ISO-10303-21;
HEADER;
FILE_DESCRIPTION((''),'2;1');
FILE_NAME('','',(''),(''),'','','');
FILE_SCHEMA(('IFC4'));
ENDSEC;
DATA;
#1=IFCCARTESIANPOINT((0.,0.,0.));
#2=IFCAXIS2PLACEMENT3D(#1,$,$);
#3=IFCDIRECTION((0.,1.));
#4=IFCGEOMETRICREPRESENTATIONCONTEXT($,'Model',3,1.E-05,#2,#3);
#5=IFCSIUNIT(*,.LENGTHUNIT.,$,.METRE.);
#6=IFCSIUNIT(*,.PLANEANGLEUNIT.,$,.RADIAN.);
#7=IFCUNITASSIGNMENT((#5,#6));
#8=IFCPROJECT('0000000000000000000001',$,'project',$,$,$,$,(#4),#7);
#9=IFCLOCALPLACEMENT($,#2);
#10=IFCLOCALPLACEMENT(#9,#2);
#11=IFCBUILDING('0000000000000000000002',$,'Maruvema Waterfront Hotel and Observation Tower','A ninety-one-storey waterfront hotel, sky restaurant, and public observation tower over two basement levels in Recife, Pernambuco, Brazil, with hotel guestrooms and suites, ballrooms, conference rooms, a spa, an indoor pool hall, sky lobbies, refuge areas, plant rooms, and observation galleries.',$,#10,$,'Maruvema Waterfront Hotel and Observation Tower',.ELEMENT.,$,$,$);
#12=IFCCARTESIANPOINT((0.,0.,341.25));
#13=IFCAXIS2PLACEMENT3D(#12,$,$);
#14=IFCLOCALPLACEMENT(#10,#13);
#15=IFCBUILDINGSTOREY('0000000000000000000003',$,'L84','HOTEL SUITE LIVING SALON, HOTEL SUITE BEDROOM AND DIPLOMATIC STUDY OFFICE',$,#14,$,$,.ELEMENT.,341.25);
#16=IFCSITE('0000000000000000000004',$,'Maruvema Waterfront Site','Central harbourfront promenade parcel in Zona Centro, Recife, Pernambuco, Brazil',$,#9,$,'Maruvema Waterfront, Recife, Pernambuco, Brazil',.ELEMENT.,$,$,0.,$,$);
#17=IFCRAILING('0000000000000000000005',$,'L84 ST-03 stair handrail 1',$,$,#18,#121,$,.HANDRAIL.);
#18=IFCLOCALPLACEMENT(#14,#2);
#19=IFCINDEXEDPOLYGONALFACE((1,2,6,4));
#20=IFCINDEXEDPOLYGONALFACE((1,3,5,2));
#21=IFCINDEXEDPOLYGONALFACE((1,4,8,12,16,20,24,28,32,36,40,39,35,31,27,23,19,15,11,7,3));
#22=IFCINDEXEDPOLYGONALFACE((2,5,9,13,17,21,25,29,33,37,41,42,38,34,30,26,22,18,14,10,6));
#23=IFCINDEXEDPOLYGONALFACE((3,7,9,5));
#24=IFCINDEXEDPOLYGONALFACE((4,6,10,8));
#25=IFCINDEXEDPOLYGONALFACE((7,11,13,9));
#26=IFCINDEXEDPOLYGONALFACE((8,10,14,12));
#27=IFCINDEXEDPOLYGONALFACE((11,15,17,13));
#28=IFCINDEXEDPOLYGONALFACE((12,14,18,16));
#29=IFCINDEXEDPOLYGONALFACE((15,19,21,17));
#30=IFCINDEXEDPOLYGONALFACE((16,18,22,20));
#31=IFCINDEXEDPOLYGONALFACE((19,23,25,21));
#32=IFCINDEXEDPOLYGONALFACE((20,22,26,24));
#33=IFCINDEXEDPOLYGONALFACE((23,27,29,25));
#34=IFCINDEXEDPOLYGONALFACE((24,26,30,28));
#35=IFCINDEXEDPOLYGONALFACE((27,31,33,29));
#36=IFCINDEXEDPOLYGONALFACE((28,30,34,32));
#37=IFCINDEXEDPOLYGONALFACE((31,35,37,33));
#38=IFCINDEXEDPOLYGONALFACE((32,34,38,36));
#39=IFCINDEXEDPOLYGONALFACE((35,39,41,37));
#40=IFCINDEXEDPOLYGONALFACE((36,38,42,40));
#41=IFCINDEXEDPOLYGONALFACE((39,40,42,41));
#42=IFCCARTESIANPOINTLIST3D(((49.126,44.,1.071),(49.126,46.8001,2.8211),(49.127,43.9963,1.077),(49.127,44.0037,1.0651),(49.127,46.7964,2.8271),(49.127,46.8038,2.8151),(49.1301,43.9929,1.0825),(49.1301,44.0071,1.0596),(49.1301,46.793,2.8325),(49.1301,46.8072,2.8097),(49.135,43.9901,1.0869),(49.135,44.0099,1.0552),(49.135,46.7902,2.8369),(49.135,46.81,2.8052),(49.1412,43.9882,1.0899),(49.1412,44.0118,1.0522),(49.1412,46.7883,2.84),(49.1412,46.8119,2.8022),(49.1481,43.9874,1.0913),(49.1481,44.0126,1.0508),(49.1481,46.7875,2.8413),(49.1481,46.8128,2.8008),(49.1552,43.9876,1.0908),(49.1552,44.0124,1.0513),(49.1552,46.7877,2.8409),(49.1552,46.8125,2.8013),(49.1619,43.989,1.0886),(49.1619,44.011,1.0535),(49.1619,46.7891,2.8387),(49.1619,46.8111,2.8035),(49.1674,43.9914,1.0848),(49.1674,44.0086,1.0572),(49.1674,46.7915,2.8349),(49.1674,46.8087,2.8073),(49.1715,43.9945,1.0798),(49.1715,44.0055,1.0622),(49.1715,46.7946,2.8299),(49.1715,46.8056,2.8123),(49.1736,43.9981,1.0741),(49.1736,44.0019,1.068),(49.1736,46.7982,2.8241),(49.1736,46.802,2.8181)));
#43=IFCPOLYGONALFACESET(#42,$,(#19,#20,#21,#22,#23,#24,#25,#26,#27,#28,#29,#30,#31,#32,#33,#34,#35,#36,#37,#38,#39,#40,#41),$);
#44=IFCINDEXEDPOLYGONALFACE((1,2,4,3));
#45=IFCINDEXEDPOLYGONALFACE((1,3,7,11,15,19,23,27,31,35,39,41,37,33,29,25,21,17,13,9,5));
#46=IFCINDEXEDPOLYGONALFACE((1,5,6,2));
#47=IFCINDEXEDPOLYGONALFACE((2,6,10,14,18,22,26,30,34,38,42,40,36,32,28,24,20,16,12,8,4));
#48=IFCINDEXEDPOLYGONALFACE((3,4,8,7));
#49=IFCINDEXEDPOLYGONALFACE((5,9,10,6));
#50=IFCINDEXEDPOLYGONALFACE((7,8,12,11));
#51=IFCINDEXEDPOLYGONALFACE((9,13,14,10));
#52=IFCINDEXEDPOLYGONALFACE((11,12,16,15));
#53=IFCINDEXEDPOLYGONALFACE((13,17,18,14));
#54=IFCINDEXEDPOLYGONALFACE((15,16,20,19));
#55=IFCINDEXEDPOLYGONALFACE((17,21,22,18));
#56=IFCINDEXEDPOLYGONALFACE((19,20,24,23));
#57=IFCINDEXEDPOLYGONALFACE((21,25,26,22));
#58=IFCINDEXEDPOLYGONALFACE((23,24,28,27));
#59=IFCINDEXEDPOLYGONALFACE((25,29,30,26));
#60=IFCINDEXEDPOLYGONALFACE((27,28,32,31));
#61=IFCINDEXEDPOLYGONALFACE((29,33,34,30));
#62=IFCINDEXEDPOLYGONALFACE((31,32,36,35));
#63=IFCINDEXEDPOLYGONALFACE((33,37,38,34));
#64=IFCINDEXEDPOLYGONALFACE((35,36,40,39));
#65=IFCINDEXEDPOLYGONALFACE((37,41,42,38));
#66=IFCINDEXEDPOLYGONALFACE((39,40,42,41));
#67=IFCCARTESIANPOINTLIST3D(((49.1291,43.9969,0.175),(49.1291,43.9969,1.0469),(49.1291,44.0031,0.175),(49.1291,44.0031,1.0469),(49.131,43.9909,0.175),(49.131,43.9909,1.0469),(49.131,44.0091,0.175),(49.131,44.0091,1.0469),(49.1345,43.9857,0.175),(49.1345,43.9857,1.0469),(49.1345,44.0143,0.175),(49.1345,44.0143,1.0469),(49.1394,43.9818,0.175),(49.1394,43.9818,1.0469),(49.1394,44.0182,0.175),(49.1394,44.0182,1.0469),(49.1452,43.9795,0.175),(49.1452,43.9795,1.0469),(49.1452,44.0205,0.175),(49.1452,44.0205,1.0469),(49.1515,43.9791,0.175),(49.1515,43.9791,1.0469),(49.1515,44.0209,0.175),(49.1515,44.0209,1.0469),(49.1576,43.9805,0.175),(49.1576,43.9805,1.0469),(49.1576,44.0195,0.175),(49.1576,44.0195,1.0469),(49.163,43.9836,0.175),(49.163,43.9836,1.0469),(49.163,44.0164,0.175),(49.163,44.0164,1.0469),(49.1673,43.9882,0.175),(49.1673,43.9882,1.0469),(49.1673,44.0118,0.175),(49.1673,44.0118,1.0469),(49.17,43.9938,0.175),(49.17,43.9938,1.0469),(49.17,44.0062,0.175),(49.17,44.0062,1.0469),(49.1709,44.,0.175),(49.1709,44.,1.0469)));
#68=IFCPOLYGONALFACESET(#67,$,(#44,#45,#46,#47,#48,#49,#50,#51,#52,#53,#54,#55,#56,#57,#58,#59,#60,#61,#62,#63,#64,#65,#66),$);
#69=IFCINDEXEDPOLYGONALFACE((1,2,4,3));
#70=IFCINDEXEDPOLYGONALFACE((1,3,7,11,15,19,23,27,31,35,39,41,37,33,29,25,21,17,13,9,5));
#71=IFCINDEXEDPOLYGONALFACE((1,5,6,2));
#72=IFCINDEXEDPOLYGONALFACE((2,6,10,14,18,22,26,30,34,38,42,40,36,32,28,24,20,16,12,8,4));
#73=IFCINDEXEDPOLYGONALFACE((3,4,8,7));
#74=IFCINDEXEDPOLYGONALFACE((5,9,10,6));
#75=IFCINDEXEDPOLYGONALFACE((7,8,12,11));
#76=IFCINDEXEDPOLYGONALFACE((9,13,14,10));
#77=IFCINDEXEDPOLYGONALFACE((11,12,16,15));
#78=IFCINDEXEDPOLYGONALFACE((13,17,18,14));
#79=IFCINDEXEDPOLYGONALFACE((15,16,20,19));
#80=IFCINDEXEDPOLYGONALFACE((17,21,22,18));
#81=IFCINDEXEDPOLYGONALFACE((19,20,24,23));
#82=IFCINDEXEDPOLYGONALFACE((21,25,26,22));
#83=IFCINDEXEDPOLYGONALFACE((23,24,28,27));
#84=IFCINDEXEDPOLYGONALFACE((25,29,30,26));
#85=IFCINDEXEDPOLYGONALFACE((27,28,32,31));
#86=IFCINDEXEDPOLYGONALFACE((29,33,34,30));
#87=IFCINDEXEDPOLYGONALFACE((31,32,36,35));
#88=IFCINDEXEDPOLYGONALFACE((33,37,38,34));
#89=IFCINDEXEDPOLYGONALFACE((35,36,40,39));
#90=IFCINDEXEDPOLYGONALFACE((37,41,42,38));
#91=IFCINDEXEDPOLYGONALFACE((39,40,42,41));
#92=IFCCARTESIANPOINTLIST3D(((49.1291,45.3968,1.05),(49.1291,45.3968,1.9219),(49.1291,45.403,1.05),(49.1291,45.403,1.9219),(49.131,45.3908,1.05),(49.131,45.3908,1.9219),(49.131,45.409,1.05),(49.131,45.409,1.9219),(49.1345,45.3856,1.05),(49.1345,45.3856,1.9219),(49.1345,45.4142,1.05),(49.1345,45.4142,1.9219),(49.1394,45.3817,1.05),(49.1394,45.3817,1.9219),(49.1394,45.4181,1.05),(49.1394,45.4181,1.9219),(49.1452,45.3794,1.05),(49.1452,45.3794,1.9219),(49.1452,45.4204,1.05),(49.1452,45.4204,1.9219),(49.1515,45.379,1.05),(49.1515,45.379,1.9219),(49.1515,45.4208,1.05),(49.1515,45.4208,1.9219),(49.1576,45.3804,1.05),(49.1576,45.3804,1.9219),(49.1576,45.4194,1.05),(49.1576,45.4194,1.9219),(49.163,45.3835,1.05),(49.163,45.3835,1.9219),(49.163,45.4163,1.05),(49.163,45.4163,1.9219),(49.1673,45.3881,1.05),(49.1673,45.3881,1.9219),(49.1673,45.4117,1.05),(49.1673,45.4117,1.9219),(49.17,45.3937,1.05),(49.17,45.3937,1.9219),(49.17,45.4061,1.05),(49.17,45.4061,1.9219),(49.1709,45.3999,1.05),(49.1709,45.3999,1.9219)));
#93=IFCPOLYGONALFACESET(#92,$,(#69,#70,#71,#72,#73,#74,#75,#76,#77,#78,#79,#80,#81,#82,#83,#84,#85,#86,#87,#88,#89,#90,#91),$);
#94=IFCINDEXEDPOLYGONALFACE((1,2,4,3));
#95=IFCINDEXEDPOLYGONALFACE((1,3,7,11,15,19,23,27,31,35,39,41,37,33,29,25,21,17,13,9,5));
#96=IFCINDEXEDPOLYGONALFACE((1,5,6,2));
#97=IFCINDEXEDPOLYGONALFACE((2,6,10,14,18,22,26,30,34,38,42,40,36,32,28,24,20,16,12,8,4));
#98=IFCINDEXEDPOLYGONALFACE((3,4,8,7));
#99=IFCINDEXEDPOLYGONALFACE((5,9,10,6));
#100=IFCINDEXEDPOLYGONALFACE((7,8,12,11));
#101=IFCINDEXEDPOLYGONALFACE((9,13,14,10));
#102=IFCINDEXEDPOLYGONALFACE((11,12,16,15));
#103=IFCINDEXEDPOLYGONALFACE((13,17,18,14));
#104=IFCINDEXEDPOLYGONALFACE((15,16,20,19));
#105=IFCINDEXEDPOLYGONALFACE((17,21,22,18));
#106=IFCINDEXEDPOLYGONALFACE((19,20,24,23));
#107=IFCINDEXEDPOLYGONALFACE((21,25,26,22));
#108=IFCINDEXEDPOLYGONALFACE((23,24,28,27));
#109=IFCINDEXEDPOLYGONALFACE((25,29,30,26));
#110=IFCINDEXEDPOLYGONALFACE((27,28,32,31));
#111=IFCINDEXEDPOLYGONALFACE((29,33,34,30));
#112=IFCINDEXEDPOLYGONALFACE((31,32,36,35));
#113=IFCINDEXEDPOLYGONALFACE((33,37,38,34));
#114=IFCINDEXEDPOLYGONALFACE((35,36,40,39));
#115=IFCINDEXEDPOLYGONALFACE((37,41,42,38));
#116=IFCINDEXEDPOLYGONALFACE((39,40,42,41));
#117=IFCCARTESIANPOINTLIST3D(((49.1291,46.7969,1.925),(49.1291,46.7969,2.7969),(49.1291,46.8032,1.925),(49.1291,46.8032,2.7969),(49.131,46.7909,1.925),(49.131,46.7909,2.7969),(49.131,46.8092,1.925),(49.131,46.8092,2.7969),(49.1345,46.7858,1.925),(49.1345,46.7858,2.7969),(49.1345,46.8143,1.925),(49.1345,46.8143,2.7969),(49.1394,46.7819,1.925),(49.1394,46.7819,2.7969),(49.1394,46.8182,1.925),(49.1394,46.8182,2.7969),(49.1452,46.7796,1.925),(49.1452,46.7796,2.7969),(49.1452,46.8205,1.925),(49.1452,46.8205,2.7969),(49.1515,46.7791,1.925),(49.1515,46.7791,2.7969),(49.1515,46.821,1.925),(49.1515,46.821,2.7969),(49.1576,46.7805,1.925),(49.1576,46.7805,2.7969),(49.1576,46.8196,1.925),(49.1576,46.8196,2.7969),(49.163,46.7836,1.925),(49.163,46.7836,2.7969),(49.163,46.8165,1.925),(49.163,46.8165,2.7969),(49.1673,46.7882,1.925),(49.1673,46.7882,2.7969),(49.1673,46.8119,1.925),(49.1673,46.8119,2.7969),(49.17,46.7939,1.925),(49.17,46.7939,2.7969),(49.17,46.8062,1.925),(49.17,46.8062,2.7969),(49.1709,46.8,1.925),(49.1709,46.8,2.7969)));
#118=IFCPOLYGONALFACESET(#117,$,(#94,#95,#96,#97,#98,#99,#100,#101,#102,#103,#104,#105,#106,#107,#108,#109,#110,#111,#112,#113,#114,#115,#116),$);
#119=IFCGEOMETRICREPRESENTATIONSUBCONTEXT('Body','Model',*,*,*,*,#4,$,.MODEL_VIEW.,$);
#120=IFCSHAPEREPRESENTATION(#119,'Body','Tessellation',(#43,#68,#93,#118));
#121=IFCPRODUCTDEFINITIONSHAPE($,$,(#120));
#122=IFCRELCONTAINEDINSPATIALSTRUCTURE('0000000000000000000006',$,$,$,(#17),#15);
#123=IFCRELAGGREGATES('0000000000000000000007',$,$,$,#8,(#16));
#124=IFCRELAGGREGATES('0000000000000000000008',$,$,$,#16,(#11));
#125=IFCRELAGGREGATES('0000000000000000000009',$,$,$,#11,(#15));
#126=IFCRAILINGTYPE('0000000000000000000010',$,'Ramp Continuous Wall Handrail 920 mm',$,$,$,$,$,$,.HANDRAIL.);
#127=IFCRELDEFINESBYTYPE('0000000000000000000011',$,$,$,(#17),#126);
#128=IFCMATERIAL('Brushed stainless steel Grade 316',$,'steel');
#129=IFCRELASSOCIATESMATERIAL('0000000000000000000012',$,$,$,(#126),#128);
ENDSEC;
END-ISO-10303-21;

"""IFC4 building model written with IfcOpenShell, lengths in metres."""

from ifc_helpers import new_model, si_unit, direction, frame, origin, origin_2d, place, context, subcontext, project, spatial, circle, extrude, material, type_object, element, save


model = new_model("IFC4")

# Units and contexts
model_context = context("Model", 3, precision=1e-05, world=origin(), true_north=direction((0.0, 1.0)))
body_context = subcontext(model_context, "Body", "Model", "MODEL_VIEW")
ifc_project = project(units=[si_unit("LENGTHUNIT", "METRE"), si_unit("PLANEANGLEUNIT", "RADIAN")], contexts=[model_context])

# Site, building, storey
site_placement = place(None, origin())
site = spatial("IfcSite", under=ifc_project, at=site_placement, Name="Maruvema Waterfront Site", Description="Central harbourfront promenade parcel in Zona Centro, Recife, Pernambuco, Brazil", LongName="Maruvema Waterfront, Recife, Pernambuco, Brazil", CompositionType="ELEMENT", RefElevation=0.0)
building_placement = place(site_placement, origin())
building = spatial("IfcBuilding", under=site, at=building_placement, Name="Maruvema Waterfront Hotel and Observation Tower", Description="A ninety-one-storey waterfront hotel, sky restaurant, and public observation tower over two basement levels in Recife, Pernambuco, Brazil, with hotel guestrooms and suites, ballrooms, conference rooms, a spa, an indoor pool hall, sky lobbies, refuge areas, plant rooms, and observation galleries.", LongName="Maruvema Waterfront Hotel and Observation Tower", CompositionType="ELEMENT")
storey_placement = place(building_placement, frame((0.0, 0.0, 341.25)))
storey = spatial("IfcBuildingStorey", under=building, at=storey_placement, Name="L84", Description="HOTEL SUITE LIVING SALON, HOTEL SUITE BEDROOM AND DIPLOMATIC STUDY OFFICE", CompositionType="ELEMENT", Elevation=341.25)

# Railing
ifc_material_1 = material(Name="Brushed stainless steel Grade 316", Category="steel")
railing_type_1 = type_object("IfcRailingType", Name="Ramp Continuous Wall Handrail 920 mm", PredefinedType="HANDRAIL", material=ifc_material_1)
railing_1_placement = place(storey_placement, frame((49.1499, 44.0, 0.175)))
element("IfcRailing", 1, at=railing_1_placement, inside=storey, type_object=railing_type_1, Name="L84 ST-03 stair handrail 1", PredefinedType="HANDRAIL", context=body_context, shape_type="SweptSolid", body=[
    extrude(circle(Radius=0.0239, at=origin_2d()), frame((0.0, 0.0, 0.896), z_axis=(0.0, 0.848002, 0.529992), x_axis=(-1.0, 0.0, 0.0)), (0.0, 0.0, 1.0), 3.302),
    extrude(circle(Radius=0.021, at=origin_2d()), origin(), (0.0, 0.0, 1.0), 0.8718),
    extrude(circle(Radius=0.021, at=origin_2d()), frame((0.0, 1.3999, 0.875)), (0.0, 0.0, 1.0), 0.8718),
    extrude(circle(Radius=0.021, at=origin_2d()), frame((0.0, 2.8, 1.75)), (0.0, 0.0, 1.0), 0.8718),
])

save(model, "model.ifc")
